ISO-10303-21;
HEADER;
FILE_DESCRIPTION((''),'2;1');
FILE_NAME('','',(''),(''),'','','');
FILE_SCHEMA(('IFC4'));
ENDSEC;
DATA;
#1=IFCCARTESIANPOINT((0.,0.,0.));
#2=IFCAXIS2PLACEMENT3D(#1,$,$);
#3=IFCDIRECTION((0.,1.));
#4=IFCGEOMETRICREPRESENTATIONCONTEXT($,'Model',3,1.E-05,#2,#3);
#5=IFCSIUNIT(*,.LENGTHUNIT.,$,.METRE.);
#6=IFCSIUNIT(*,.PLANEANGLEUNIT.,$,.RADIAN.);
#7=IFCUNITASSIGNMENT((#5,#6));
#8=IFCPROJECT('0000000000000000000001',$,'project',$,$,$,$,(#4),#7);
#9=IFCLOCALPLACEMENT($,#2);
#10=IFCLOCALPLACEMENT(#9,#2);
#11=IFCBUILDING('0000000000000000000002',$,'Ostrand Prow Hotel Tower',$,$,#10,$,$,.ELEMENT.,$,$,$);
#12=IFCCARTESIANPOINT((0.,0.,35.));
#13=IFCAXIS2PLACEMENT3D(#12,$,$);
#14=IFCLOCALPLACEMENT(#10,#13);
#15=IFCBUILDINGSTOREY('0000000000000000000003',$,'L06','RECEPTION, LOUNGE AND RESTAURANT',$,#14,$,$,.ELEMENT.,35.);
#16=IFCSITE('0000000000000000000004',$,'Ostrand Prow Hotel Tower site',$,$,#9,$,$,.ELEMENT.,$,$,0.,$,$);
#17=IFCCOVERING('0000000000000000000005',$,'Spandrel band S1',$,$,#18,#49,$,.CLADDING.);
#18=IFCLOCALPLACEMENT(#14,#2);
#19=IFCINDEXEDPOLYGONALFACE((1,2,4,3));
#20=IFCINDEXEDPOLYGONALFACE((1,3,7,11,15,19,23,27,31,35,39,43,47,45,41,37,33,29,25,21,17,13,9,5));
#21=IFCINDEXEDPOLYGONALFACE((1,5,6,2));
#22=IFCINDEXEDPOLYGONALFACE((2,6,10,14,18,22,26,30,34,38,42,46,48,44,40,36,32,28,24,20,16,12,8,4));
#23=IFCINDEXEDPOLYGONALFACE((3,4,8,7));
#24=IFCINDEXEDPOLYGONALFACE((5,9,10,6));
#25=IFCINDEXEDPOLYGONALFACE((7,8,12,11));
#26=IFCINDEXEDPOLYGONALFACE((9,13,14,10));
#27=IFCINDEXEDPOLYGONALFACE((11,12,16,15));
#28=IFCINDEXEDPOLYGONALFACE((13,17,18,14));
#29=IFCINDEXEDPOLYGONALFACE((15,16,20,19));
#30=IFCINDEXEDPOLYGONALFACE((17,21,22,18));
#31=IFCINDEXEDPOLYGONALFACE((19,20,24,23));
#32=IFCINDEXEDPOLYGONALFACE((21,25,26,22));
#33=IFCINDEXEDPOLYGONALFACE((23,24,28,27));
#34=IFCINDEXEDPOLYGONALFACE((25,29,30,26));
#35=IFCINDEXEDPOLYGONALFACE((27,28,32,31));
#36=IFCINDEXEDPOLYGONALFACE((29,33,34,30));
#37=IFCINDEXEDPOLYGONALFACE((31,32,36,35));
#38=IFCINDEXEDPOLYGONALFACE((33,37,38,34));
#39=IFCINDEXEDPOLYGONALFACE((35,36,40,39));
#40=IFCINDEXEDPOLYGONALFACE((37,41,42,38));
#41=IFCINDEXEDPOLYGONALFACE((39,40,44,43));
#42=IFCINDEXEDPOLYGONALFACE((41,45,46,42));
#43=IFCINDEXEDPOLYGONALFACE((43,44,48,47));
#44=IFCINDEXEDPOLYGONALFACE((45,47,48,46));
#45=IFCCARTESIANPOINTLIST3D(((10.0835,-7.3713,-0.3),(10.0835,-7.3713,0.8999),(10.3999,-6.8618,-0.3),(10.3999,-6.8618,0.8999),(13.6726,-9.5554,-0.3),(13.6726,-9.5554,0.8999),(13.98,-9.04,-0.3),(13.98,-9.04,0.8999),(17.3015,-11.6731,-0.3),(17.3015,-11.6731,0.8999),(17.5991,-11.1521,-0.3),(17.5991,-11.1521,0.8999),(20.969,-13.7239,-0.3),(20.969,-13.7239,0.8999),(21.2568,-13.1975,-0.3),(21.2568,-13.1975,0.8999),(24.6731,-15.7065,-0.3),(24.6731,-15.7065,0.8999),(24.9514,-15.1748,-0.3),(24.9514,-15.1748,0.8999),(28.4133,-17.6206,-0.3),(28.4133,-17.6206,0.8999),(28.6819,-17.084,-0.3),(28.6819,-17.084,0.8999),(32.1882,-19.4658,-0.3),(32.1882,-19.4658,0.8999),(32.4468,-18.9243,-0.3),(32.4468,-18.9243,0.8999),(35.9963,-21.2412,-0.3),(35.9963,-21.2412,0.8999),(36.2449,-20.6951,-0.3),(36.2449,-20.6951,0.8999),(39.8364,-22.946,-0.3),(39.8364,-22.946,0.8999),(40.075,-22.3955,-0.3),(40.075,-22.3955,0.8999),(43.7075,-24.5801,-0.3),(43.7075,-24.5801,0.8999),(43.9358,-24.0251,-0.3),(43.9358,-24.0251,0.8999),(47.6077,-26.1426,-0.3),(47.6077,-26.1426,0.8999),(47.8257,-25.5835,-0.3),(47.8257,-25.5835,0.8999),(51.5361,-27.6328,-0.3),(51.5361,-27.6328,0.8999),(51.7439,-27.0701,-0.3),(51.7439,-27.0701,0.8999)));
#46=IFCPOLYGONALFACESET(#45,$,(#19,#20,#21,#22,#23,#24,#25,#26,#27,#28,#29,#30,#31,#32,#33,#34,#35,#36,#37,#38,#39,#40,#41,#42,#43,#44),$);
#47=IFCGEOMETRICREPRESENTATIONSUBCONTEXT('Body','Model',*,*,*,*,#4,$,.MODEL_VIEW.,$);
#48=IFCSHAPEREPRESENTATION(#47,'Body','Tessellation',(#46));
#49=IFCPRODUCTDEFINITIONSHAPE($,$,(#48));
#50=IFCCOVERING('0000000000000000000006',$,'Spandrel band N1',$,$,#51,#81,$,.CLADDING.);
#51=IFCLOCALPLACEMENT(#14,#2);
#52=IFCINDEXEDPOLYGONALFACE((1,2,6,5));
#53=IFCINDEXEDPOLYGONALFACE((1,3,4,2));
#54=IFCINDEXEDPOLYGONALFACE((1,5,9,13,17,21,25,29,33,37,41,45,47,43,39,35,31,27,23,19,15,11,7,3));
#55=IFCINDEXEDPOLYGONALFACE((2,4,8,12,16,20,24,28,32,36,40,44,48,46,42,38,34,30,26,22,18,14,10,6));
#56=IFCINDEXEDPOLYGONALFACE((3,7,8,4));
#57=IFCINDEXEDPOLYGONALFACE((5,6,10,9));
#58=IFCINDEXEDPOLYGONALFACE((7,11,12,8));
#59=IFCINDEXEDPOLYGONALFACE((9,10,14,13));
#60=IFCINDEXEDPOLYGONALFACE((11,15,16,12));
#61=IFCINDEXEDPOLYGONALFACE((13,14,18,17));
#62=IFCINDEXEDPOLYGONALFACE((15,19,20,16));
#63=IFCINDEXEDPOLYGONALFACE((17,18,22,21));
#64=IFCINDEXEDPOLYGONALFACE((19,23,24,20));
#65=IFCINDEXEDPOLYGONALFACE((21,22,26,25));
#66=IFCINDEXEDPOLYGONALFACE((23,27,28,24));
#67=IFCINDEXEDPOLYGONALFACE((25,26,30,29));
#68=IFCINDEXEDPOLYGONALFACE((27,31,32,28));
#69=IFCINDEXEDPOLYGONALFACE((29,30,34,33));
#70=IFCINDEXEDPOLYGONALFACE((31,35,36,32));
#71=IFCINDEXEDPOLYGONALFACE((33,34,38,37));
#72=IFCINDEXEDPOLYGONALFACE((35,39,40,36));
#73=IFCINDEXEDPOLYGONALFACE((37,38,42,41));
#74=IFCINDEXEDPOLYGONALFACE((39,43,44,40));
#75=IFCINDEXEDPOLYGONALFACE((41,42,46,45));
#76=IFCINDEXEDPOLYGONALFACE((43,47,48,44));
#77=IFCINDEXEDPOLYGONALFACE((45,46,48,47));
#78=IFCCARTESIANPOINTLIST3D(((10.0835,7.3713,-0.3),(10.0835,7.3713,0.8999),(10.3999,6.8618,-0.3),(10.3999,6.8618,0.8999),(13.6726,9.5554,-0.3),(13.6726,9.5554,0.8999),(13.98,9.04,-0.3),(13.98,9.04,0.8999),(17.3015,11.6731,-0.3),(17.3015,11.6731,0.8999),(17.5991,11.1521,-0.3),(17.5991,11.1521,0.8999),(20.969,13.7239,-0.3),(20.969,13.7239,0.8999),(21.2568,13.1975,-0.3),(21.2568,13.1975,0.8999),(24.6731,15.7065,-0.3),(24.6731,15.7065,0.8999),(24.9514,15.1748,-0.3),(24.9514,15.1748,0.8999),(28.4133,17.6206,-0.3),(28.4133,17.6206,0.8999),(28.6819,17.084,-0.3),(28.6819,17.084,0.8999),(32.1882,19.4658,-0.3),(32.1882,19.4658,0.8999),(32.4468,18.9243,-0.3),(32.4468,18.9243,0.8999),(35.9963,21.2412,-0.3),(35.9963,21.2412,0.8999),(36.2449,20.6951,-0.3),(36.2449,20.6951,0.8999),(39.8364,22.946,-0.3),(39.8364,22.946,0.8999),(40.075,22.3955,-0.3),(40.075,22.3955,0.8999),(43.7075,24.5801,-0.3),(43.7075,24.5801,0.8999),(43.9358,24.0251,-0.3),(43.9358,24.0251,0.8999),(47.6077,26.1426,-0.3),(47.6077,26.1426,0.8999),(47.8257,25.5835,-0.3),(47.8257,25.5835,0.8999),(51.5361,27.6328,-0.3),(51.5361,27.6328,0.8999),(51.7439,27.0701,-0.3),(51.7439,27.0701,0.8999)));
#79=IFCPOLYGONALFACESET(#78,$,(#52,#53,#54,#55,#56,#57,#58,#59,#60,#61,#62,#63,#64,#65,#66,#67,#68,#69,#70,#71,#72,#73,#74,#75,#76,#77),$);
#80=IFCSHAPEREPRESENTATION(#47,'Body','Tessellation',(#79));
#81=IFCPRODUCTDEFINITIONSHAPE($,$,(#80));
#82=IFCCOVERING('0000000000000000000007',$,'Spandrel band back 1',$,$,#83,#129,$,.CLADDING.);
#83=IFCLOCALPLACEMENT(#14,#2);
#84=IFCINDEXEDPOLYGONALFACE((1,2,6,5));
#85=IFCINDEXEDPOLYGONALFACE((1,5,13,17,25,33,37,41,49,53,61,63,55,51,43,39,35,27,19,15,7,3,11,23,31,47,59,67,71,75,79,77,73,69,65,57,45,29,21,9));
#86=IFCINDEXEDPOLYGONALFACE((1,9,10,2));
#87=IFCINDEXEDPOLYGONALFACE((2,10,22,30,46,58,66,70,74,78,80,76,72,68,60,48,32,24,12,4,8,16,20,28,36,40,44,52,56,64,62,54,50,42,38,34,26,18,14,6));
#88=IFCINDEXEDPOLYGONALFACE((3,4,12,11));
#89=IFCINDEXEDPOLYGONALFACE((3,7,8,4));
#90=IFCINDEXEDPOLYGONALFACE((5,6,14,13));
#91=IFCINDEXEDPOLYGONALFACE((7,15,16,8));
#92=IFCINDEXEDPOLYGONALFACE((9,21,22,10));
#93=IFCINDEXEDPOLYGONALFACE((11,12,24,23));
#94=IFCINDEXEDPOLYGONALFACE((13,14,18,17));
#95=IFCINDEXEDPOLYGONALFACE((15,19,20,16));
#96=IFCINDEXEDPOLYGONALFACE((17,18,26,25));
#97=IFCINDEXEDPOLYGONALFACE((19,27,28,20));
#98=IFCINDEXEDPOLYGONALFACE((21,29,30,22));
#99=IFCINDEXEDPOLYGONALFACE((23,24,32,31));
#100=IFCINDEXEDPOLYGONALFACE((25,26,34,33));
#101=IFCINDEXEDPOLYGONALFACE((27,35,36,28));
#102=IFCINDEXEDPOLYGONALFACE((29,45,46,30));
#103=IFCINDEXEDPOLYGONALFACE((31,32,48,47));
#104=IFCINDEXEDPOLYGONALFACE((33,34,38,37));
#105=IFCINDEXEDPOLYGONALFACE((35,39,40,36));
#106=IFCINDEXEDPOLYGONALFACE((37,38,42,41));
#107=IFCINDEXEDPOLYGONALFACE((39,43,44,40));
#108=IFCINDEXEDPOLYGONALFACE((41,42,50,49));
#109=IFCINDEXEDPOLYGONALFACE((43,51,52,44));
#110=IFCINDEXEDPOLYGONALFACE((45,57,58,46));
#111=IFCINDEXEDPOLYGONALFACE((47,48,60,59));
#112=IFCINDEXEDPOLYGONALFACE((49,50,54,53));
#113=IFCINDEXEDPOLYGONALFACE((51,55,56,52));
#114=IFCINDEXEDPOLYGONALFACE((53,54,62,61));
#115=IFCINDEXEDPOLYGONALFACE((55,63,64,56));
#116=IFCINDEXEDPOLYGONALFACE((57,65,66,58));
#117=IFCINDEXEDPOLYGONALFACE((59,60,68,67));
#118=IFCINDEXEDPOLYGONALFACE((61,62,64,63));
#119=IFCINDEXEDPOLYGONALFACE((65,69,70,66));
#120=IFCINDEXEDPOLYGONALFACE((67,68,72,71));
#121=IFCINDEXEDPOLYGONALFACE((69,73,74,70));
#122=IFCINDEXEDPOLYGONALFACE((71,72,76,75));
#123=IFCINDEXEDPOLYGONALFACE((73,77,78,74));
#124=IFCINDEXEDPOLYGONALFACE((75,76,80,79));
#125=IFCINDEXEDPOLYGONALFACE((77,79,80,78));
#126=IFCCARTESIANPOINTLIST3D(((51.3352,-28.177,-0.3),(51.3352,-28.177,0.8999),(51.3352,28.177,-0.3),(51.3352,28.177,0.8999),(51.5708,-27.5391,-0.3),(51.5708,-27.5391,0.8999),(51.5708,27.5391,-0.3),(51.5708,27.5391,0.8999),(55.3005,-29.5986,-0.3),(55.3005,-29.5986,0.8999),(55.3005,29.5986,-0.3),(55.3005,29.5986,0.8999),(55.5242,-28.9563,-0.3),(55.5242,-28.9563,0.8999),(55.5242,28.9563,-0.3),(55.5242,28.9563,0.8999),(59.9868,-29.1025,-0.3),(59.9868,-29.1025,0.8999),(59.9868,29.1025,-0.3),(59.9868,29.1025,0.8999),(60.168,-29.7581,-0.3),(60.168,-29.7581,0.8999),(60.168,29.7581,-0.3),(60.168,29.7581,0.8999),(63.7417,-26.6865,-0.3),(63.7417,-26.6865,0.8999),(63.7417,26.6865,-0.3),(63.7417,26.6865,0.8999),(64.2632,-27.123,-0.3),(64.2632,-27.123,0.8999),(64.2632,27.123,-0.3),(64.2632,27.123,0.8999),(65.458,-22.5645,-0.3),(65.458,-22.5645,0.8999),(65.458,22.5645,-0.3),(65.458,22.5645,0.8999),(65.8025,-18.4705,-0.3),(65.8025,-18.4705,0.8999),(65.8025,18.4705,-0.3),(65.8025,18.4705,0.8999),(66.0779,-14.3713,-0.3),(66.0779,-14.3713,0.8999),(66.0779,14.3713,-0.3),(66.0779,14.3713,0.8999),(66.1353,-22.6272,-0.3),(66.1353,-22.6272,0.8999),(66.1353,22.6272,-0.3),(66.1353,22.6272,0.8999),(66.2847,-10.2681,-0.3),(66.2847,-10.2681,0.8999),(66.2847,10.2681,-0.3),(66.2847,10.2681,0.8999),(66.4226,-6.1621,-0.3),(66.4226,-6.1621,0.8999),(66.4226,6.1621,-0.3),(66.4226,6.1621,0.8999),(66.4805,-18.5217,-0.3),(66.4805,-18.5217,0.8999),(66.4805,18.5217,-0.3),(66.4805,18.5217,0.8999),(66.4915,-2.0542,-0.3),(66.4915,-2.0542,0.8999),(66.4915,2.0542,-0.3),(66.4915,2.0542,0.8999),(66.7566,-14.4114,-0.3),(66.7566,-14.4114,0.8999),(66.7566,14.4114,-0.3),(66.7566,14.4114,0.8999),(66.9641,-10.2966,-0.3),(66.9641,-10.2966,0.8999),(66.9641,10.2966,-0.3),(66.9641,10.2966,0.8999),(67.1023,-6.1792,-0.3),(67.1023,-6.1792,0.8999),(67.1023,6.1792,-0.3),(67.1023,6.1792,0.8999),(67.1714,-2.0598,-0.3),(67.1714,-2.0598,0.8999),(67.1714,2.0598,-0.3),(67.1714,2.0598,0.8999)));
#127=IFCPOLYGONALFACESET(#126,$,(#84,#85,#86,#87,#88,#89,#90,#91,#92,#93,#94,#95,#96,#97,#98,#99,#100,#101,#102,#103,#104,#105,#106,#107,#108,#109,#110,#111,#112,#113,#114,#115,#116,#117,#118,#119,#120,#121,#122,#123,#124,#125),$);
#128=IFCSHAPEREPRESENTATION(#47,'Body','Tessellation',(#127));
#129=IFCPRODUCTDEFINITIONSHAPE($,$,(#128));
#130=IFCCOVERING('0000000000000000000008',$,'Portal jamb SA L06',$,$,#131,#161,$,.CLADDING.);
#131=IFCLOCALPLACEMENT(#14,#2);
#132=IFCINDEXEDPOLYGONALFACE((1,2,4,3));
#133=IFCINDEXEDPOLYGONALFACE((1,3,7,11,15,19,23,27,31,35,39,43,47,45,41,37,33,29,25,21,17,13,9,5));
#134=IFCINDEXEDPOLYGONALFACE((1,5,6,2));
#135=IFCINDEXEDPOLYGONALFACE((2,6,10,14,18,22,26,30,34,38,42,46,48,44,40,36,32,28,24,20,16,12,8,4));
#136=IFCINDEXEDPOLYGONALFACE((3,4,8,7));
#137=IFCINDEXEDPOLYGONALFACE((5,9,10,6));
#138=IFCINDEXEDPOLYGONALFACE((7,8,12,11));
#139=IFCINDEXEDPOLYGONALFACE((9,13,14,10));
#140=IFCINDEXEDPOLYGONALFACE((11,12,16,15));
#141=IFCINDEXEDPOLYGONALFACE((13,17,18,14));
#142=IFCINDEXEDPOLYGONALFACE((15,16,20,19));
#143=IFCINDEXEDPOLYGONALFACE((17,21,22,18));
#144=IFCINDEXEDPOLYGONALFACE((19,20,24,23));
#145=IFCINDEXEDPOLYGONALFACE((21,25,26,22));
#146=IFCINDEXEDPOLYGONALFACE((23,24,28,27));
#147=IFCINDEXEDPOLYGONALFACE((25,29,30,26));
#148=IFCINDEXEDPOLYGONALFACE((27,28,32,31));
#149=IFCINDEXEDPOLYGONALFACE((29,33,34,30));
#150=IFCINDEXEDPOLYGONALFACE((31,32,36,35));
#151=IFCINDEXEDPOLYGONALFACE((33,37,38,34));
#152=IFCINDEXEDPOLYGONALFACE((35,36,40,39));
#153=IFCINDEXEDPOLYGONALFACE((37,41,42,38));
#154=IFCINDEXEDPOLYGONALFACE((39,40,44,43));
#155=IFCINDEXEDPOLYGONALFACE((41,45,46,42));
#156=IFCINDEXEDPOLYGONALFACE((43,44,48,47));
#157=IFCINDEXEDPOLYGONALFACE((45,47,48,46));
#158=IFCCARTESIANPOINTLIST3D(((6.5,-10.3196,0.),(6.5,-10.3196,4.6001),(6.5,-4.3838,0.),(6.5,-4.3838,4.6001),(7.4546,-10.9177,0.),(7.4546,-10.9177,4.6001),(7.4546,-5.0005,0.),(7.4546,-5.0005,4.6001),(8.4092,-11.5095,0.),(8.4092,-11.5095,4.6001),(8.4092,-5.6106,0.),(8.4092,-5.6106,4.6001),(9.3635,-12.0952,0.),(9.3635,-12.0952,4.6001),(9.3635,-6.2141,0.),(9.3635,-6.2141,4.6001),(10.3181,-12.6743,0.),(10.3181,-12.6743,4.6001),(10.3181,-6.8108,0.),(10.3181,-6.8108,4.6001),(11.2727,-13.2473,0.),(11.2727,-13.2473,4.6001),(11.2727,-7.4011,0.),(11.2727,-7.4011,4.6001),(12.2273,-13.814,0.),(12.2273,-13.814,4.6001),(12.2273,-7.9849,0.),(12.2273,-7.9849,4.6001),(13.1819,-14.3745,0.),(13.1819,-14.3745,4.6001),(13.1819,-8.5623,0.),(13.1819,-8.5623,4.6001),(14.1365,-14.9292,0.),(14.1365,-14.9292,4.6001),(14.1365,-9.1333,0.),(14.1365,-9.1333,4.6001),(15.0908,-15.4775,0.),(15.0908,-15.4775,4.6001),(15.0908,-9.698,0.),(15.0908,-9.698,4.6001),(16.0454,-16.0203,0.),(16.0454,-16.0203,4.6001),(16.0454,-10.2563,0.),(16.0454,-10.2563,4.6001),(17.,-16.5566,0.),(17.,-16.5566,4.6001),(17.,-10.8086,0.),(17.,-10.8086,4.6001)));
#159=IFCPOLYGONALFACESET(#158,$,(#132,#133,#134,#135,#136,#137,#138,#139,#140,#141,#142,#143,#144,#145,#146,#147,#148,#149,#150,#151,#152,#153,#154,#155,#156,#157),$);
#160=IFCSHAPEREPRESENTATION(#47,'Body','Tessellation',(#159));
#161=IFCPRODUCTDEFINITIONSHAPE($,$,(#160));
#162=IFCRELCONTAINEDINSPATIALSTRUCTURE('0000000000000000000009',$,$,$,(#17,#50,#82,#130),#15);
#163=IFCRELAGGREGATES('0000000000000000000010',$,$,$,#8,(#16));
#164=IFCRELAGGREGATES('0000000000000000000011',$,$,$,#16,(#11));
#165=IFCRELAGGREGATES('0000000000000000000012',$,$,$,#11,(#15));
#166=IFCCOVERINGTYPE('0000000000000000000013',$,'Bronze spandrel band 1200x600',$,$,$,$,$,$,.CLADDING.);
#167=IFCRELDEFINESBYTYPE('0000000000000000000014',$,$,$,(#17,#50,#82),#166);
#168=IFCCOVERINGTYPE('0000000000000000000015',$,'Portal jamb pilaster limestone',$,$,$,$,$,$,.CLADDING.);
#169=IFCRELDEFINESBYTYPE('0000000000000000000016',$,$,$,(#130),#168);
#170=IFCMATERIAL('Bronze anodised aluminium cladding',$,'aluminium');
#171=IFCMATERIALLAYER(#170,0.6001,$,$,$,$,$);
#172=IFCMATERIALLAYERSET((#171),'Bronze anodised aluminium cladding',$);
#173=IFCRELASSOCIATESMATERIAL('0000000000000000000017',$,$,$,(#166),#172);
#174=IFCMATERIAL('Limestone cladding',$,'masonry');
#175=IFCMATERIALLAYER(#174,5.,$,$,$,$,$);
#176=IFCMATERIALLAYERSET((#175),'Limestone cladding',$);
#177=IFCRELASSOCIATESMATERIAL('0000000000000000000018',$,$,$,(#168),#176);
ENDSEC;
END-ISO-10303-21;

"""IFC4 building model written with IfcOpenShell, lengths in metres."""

from ifc_helpers import new_model, si_unit, direction, frame, origin, place, context, subcontext, project, spatial, polyline, outline, extrude, material, layer, layer_set, type_object, element, save


model = new_model("IFC4")

# Units and contexts
model_context = context("Model", 3, precision=1e-05, world=origin(), true_north=direction((0.0, 1.0)))
body_context = subcontext(model_context, "Body", "Model", "MODEL_VIEW")
ifc_project = project(units=[si_unit("LENGTHUNIT", "METRE"), si_unit("PLANEANGLEUNIT", "RADIAN")], contexts=[model_context])

# Site, building, storey
site_placement = place(None, origin())
site = spatial("IfcSite", under=ifc_project, at=site_placement, Name="Ostrand Prow Hotel Tower site", CompositionType="ELEMENT", RefElevation=0.0)
building_placement = place(site_placement, origin())
building = spatial("IfcBuilding", under=site, at=building_placement, Name="Ostrand Prow Hotel Tower", CompositionType="ELEMENT")
storey_placement = place(building_placement, frame((0.0, 0.0, 35.0)))
storey = spatial("IfcBuildingStorey", under=building, at=storey_placement, Name="L06", Description="RECEPTION, LOUNGE AND RESTAURANT", CompositionType="ELEMENT", Elevation=35.0)

# Coverings
ifc_material_1 = material(Name="Bronze anodised aluminium cladding", Category="aluminium")
ifc_layer_1 = layer(ifc_material_1, 0.6001)
ifc_layer_set_1 = layer_set([ifc_layer_1], Name="Bronze anodised aluminium cladding")
covering_type_1 = type_object("IfcCoveringType", Name="Bronze spandrel band 1200x600", PredefinedType="CLADDING", material=ifc_layer_set_1)
covering_1_placement = place(storey_placement, frame((0.0, 0.0, -0.3)))
element("IfcCovering", 1, at=covering_1_placement, inside=storey, type_object=covering_type_1, Name="Spandrel band S1", PredefinedType="CLADDING", context=body_context, shape_type="SweptSolid", body=[
    extrude(outline(polyline([(10.0835, -7.3713), (13.6726, -9.5554), (17.3015, -11.6731), (20.969, -13.7239), (24.6731, -15.7065), (28.4133, -17.6206), (32.1882, -19.4658), (35.9963, -21.2412), (39.8364, -22.946), (43.7075, -24.5801), (47.6077, -26.1426), (51.5361, -27.6328), (51.7439, -27.0701), (47.8257, -25.5835), (43.9358, -24.0251), (40.075, -22.3955), (36.2449, -20.6951), (32.4468, -18.9243), (28.6819, -17.084), (24.9514, -15.1748), (21.2568, -13.1975), (17.5991, -11.1521), (13.98, -9.04), (10.3999, -6.8618), (10.0835, -7.3713)])), origin(), (0.0, 0.0, 1.0), 1.2),
])
covering_2_placement = place(storey_placement, frame((0.0, 0.0, -0.3)))
element("IfcCovering", 2, at=covering_2_placement, inside=storey, type_object=covering_type_1, Name="Spandrel band N1", PredefinedType="CLADDING", context=body_context, shape_type="SweptSolid", body=[
    extrude(outline(polyline([(51.5361, 27.6328), (47.6077, 26.1426), (43.7075, 24.5801), (39.8364, 22.946), (35.9963, 21.2412), (32.1882, 19.4658), (28.4133, 17.6206), (24.6731, 15.7065), (20.969, 13.7239), (17.3015, 11.6731), (13.6726, 9.5554), (10.0835, 7.3713), (10.3999, 6.8618), (13.98, 9.04), (17.5991, 11.1521), (21.2568, 13.1975), (24.9514, 15.1748), (28.6819, 17.084), (32.4468, 18.9243), (36.2449, 20.6951), (40.075, 22.3955), (43.9358, 24.0251), (47.8257, 25.5835), (51.7439, 27.0701), (51.5361, 27.6328)])), origin(), (0.0, 0.0, 1.0), 1.2),
])
covering_3_placement = place(storey_placement, frame((0.0, 0.0, -0.3)))
element("IfcCovering", 3, at=covering_3_placement, inside=storey, type_object=covering_type_1, Name="Spandrel band back 1", PredefinedType="CLADDING", context=body_context, shape_type="SweptSolid", body=[
    extrude(outline(polyline([(51.3352, -28.177), (55.3005, -29.5986), (60.168, -29.7581), (64.2632, -27.123), (66.1353, -22.6272), (66.4805, -18.5217), (66.7566, -14.4114), (66.9641, -10.2966), (67.1023, -6.1792), (67.1714, -2.0598), (67.1714, 2.0598), (67.1023, 6.1792), (66.9641, 10.2966), (66.7566, 14.4114), (66.4805, 18.5217), (66.1353, 22.6272), (64.2632, 27.123), (60.168, 29.7581), (55.3005, 29.5986), (51.3352, 28.177), (51.5708, 27.5391), (55.5242, 28.9563), (59.9868, 29.1025), (63.7417, 26.6865), (65.458, 22.5645), (65.8025, 18.4705), (66.0779, 14.3713), (66.2847, 10.2681), (66.4226, 6.1621), (66.4915, 2.0542), (66.4915, -2.0542), (66.4226, -6.1621), (66.2847, -10.2681), (66.0779, -14.3713), (65.8025, -18.4705), (65.458, -22.5645), (63.7417, -26.6865), (59.9868, -29.1025), (55.5242, -28.9563), (51.5708, -27.5391), (51.3352, -28.177)])), origin(), (0.0, 0.0, 1.0), 1.2),
])
ifc_material_2 = material(Name="Limestone cladding", Category="masonry")
ifc_layer_2 = layer(ifc_material_2, 5.0)
ifc_layer_set_2 = layer_set([ifc_layer_2], Name="Limestone cladding")
covering_type_2 = type_object("IfcCoveringType", Name="Portal jamb pilaster limestone", PredefinedType="CLADDING", material=ifc_layer_set_2)
covering_4_placement = place(storey_placement, origin())
element("IfcCovering", 4, at=covering_4_placement, inside=storey, type_object=covering_type_2, Name="Portal jamb SA L06", PredefinedType="CLADDING", context=body_context, shape_type="SweptSolid", body=[
    extrude(outline(polyline([(6.5, -4.3838), (6.5, -10.3196), (7.4546, -10.9177), (8.4092, -11.5095), (9.3635, -12.0952), (10.3181, -12.6743), (11.2727, -13.2473), (12.2273, -13.814), (13.1819, -14.3745), (14.1365, -14.9292), (15.0908, -15.4775), (16.0454, -16.0203), (17.0, -16.5566), (17.0, -10.8086), (16.0454, -10.2563), (15.0908, -9.698), (14.1365, -9.1333), (13.1819, -8.5623), (12.2273, -7.9849), (11.2727, -7.4011), (10.3181, -6.8108), (9.3635, -6.2141), (8.4092, -5.6106), (7.4546, -5.0005), (6.5, -4.3838)])), origin(), (0.0, 0.0, 1.0), 4.6001),
])

save(model, "model.ifc")
